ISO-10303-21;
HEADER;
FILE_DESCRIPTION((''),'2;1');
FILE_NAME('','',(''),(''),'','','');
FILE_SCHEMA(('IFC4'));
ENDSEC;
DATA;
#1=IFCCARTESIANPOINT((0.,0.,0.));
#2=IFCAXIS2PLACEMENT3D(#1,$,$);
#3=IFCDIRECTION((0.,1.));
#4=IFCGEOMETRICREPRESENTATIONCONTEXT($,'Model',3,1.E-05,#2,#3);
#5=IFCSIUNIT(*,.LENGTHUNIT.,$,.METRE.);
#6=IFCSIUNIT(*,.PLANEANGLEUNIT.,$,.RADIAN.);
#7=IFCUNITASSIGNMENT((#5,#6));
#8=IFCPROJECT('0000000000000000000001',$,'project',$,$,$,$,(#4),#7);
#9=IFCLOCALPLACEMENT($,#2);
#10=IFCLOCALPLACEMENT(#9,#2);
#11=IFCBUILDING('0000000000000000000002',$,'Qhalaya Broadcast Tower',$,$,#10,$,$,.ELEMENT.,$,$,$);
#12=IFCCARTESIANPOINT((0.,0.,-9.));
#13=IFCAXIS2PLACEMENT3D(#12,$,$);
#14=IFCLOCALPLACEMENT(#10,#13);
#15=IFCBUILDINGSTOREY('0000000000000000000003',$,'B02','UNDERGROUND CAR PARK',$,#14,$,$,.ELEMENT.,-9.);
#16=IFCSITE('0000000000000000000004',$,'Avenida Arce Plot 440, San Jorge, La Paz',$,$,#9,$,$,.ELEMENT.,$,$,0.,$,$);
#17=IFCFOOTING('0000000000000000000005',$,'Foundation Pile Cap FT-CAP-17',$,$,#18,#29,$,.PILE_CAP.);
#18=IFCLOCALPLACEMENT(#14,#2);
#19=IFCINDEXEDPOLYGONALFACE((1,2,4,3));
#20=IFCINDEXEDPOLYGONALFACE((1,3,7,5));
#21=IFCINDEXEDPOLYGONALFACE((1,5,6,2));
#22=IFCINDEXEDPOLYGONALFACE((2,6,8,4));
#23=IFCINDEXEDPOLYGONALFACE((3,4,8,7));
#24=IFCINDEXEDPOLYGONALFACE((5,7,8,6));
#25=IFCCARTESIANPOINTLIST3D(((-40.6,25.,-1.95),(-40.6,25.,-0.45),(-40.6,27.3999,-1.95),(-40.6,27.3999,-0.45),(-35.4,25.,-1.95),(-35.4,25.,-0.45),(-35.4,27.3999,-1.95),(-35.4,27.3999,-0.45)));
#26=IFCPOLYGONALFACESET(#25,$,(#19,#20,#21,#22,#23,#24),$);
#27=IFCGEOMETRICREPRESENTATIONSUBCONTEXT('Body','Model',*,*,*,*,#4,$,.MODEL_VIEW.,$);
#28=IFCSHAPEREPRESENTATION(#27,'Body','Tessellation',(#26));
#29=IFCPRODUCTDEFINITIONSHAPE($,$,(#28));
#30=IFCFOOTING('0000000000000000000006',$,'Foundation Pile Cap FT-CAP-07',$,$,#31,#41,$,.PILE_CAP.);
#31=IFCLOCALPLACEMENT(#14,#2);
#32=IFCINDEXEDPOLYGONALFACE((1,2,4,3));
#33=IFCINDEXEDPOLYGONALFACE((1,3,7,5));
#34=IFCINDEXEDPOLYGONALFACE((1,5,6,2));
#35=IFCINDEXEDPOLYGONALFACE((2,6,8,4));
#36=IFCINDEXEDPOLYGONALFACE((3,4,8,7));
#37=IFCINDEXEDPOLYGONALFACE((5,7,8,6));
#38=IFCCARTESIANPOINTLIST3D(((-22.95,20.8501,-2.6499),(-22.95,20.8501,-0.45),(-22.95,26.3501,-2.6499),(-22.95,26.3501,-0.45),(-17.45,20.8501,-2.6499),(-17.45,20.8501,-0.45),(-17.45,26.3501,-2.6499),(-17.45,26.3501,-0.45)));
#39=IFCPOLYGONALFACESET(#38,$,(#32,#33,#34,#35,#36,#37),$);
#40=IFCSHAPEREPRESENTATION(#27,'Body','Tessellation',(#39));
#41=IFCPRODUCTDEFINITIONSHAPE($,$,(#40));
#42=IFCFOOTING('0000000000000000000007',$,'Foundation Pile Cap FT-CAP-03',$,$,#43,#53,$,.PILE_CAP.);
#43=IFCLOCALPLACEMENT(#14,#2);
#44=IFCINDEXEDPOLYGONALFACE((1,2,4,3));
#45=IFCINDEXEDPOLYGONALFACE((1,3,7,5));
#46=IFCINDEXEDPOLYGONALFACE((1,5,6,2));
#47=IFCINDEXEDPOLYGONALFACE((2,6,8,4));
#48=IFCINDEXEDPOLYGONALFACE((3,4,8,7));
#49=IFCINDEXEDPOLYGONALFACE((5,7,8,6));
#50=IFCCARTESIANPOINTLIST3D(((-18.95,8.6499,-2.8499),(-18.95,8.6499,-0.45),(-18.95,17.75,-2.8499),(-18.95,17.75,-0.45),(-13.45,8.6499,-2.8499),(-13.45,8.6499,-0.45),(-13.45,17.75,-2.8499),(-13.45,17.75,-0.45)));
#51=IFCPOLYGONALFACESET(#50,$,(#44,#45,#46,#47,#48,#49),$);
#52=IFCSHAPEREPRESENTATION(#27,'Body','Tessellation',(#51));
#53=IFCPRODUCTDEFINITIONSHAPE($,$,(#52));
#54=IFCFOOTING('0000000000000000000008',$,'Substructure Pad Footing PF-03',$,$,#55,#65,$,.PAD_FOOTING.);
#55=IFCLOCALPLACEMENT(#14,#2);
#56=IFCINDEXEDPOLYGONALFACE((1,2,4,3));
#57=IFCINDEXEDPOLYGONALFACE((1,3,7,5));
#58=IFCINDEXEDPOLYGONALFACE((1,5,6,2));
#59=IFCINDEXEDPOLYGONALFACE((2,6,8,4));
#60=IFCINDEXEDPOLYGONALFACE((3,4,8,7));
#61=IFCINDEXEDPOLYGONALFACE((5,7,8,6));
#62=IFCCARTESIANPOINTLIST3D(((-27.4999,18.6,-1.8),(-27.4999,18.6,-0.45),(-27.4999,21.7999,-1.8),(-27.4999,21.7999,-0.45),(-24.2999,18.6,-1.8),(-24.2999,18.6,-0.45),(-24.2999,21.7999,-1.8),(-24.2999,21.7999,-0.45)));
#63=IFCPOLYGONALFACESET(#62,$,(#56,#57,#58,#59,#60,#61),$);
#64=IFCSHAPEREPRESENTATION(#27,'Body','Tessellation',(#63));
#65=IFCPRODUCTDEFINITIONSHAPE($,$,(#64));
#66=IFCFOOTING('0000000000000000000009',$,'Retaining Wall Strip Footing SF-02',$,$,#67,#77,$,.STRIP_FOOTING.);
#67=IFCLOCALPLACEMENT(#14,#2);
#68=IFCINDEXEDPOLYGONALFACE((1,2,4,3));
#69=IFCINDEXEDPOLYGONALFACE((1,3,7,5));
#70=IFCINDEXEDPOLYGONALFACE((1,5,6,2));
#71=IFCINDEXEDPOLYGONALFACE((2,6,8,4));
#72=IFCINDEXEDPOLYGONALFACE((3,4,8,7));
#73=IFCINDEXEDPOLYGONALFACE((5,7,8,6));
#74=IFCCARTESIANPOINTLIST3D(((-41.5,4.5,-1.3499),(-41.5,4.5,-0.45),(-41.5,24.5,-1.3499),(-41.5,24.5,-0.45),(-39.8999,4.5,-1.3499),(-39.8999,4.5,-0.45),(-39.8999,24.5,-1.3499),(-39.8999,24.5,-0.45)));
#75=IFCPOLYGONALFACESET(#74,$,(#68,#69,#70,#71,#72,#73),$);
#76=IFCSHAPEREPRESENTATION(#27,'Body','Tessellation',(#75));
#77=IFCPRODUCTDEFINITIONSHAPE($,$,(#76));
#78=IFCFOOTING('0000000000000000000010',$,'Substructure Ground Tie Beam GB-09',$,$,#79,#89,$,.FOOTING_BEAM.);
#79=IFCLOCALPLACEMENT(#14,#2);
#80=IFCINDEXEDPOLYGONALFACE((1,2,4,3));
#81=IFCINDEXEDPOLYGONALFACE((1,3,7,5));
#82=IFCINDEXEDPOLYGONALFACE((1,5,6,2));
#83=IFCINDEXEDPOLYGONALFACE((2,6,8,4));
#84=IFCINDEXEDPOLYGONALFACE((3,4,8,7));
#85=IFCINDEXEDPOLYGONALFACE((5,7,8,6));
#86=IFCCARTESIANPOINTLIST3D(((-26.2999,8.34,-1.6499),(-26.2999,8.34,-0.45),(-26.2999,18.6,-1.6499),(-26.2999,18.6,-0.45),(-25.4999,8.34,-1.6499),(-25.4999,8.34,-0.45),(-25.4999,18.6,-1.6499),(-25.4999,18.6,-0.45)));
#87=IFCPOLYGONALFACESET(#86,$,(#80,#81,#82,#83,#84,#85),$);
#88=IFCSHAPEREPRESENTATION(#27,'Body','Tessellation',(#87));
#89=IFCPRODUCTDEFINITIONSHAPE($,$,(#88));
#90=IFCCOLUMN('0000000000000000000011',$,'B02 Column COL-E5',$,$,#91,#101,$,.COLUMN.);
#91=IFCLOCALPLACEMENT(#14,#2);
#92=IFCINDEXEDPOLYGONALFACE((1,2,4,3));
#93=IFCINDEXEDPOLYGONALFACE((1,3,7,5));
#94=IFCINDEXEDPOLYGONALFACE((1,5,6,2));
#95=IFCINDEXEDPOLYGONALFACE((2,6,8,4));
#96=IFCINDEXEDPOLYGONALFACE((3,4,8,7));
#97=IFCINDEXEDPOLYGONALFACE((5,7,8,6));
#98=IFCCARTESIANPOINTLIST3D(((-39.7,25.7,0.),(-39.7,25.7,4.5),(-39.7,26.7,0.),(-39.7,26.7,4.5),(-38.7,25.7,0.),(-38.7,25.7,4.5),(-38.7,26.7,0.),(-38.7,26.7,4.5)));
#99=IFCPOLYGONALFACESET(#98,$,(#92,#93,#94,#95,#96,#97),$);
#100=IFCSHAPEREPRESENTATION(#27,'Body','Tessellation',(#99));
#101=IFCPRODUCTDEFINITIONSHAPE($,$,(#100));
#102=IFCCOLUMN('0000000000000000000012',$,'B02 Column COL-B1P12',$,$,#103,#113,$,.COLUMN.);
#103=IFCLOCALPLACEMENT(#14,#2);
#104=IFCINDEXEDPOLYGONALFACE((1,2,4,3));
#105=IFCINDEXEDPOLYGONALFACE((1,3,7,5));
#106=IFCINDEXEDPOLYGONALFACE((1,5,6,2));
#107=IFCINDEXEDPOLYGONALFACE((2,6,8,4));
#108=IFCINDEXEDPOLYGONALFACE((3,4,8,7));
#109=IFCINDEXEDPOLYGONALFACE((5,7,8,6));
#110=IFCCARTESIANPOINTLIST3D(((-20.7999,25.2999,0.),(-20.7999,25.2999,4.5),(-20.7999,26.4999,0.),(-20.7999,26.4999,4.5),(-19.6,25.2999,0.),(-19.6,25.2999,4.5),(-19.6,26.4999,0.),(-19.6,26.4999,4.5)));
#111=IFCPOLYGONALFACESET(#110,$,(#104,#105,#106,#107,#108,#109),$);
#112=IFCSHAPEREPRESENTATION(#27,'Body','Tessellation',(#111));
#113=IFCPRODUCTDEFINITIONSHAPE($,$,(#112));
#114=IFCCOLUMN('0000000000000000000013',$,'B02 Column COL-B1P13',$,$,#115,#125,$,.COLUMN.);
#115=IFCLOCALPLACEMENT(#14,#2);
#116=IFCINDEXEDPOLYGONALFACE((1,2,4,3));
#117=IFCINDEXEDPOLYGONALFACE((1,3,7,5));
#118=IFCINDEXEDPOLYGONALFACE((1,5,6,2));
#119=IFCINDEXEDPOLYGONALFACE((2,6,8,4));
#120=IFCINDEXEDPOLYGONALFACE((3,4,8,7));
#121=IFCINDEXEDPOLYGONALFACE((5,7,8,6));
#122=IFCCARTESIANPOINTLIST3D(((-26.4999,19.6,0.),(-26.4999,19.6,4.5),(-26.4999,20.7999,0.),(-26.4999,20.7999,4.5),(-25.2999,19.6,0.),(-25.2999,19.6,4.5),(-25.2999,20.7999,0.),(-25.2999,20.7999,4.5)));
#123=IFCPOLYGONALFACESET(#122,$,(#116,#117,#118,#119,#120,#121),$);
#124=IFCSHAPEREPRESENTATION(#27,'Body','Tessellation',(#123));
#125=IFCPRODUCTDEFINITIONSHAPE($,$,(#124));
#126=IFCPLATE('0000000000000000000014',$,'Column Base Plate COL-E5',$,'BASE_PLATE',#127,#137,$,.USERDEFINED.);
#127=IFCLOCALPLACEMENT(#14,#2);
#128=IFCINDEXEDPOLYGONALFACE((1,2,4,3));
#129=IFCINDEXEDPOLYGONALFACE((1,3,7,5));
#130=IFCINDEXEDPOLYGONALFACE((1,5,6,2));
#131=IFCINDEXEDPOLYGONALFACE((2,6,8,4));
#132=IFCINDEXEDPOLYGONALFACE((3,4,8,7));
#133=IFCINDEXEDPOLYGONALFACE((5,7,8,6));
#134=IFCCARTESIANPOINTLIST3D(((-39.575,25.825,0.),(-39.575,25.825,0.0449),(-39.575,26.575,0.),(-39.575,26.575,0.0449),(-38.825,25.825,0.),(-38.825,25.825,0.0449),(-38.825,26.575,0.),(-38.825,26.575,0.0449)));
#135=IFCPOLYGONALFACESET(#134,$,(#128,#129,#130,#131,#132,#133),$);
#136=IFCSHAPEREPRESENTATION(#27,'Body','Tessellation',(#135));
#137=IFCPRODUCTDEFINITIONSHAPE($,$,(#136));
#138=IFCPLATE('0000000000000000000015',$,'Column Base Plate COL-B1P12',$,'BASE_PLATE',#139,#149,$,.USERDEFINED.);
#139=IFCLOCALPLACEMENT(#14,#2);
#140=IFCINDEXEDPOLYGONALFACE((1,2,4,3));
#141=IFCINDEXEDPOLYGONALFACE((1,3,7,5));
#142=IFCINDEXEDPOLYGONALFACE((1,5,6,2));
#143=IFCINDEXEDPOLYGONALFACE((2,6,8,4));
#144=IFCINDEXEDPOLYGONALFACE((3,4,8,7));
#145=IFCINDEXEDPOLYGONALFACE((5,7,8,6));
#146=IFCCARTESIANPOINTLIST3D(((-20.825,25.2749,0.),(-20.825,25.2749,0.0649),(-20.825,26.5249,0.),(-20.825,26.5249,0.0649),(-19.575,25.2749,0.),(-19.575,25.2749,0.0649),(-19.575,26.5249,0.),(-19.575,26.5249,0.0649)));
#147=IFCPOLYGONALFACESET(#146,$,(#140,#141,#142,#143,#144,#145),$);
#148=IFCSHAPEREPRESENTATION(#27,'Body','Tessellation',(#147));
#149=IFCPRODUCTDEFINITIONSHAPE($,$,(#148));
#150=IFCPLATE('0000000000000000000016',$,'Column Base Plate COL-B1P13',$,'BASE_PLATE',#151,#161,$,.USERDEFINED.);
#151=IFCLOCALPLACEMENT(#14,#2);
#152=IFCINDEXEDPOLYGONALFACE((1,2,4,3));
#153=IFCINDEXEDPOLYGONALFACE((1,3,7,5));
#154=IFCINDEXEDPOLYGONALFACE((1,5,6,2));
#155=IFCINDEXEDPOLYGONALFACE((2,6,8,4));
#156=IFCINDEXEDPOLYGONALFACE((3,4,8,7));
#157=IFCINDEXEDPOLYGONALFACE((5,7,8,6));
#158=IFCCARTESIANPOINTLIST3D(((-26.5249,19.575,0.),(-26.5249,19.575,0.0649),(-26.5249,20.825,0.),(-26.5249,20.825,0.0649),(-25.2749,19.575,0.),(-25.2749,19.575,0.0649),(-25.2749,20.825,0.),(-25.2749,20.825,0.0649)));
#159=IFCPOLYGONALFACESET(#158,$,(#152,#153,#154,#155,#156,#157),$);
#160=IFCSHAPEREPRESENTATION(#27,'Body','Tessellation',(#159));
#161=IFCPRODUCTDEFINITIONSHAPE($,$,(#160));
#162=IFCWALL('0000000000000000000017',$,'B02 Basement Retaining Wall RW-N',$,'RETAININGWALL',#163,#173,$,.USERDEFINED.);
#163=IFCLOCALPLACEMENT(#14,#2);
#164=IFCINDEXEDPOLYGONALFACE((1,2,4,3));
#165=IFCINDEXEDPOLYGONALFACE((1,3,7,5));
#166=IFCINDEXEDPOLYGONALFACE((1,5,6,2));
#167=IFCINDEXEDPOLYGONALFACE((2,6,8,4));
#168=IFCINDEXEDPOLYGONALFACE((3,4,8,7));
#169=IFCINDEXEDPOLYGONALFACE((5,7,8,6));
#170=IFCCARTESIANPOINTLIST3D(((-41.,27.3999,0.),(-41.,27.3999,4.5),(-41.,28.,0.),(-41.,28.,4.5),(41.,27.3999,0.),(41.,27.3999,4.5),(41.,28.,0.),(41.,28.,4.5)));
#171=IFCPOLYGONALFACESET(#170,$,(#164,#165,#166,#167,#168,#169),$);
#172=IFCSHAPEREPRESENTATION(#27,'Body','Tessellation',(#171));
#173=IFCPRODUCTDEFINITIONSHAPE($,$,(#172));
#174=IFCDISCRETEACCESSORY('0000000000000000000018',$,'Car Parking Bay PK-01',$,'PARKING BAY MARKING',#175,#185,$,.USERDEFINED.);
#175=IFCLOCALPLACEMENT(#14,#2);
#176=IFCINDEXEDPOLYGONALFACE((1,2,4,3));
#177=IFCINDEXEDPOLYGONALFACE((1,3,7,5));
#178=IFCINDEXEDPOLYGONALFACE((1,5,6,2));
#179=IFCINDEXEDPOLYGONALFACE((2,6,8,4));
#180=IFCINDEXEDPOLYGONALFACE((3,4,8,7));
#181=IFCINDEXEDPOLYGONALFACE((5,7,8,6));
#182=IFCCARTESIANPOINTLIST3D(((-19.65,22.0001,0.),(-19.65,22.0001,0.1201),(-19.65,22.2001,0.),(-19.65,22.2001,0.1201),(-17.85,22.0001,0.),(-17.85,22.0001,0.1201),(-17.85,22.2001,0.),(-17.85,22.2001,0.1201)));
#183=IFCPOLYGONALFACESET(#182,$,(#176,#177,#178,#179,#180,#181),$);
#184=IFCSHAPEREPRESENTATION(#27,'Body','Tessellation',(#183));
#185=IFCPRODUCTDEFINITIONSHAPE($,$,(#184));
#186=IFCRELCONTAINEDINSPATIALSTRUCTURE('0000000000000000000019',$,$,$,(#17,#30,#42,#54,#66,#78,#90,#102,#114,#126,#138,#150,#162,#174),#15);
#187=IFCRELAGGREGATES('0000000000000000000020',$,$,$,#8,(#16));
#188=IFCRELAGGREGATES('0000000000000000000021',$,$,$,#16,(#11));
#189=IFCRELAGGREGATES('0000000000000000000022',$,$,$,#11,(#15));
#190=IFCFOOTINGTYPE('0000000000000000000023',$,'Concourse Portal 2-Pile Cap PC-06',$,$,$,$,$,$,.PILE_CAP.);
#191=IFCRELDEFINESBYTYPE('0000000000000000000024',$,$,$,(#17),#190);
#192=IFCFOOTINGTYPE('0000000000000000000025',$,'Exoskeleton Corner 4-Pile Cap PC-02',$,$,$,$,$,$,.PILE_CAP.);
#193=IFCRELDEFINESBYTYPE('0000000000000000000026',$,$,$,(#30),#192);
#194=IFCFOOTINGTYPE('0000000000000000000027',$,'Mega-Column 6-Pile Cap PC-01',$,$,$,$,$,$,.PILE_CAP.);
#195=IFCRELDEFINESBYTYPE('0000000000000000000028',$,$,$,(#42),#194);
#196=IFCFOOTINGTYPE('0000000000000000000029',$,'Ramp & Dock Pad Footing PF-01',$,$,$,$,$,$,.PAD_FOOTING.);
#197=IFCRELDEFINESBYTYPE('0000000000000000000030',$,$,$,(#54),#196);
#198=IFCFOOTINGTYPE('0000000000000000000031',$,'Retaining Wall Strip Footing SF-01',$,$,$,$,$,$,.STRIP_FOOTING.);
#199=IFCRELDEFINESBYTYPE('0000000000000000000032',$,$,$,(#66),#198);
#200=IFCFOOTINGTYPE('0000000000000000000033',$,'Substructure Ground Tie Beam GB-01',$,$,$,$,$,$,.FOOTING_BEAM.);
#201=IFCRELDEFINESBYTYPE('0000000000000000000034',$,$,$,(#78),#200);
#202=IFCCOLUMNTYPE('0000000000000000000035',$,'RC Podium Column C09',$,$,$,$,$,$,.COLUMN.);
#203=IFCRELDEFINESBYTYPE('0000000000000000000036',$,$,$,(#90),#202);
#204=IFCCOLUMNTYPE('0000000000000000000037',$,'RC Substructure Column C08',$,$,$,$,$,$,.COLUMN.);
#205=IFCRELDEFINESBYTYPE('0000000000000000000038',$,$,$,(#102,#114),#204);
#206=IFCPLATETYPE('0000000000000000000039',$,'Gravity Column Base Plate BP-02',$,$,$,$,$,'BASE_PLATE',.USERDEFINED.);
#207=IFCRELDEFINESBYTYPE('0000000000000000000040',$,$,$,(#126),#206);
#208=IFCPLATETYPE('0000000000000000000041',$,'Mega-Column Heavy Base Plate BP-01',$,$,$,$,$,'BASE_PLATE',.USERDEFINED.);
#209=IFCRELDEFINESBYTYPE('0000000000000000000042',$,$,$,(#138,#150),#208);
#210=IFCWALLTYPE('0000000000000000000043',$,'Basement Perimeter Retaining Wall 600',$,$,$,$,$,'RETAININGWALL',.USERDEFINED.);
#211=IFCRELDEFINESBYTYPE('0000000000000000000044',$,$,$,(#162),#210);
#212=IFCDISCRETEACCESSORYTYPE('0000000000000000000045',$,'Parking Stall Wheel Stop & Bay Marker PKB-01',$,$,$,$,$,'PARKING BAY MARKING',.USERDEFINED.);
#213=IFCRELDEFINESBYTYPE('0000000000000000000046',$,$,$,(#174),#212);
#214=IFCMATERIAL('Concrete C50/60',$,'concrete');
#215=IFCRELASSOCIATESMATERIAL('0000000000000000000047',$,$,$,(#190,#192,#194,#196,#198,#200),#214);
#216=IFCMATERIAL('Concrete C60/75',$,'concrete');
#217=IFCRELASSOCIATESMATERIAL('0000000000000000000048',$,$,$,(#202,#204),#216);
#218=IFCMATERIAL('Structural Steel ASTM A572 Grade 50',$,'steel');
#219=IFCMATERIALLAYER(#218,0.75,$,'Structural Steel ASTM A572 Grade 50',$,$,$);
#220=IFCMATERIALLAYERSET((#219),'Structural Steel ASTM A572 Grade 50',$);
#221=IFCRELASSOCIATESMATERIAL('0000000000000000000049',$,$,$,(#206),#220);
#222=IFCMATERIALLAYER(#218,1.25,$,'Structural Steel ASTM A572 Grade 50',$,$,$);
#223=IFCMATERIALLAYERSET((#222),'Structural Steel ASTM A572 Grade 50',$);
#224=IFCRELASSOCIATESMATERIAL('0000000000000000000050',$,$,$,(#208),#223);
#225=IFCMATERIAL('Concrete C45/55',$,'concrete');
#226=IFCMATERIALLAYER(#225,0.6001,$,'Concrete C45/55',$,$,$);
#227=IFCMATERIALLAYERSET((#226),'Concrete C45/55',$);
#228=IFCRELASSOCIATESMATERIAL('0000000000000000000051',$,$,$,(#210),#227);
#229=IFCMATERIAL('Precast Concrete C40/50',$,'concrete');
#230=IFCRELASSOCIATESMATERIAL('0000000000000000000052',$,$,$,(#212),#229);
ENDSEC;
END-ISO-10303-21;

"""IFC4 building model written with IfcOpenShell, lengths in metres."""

from ifc_helpers import new_model, si_unit, direction, frame, frame_2d, origin, origin_2d, place, context, subcontext, project, spatial, rectangle, extrude, material, layer, layer_set, material_profile, profile_set, type_object, element, save


model = new_model("IFC4")

# Units and contexts
model_context = context("Model", 3, precision=1e-05, world=origin(), true_north=direction((0.0, 1.0)))
body_context = subcontext(model_context, "Body", "Model", "MODEL_VIEW")
ifc_project = project(units=[si_unit("LENGTHUNIT", "METRE"), si_unit("PLANEANGLEUNIT", "RADIAN")], contexts=[model_context])

# Site, building, storey
site_placement = place(None, origin())
site = spatial("IfcSite", under=ifc_project, at=site_placement, Name="Avenida Arce Plot 440, San Jorge, La Paz", CompositionType="ELEMENT", RefElevation=0.0)
building_placement = place(site_placement, origin())
building = spatial("IfcBuilding", under=site, at=building_placement, Name="Qhalaya Broadcast Tower", CompositionType="ELEMENT")
storey_placement = place(building_placement, frame((0.0, 0.0, -9.0)))
storey = spatial("IfcBuildingStorey", under=building, at=storey_placement, Name="B02", Description="UNDERGROUND CAR PARK", CompositionType="ELEMENT", Elevation=-9.0)

# Shared definitions
ifc_material_1 = material(Name="Concrete C45/55", Category="concrete")

# Footings
ifc_material_2 = material(Name="Concrete C50/60", Category="concrete")
footing_type_1 = type_object("IfcFootingType", Name="Concourse Portal 2-Pile Cap PC-06", PredefinedType="PILE_CAP", material=ifc_material_2)
footing_1_placement = place(storey_placement, frame((-38.0, 26.2, -1.95), z_axis=(0.0, 0.0, 1.0), x_axis=(1.0, 0.0, 0.0)))
element("IfcFooting", 1, at=footing_1_placement, inside=storey, type_object=footing_type_1, Name="Foundation Pile Cap FT-CAP-17", PredefinedType="PILE_CAP", context=body_context, shape_type="SweptSolid", body=[
    extrude(rectangle(XDim=5.2, YDim=2.3999, at=origin_2d()), origin(), (0.0, 0.0, 1.0), 1.5),
])
footing_type_2 = type_object("IfcFootingType", Name="Exoskeleton Corner 4-Pile Cap PC-02", PredefinedType="PILE_CAP", material=ifc_material_2)
footing_2_placement = place(storey_placement, frame((-20.2, 23.6001, -2.6499), z_axis=(0.0, 0.0, 1.0), x_axis=(1.0, 0.0, 0.0)))
element("IfcFooting", 2, at=footing_2_placement, inside=storey, type_object=footing_type_2, Name="Foundation Pile Cap FT-CAP-07", PredefinedType="PILE_CAP", context=body_context, shape_type="SweptSolid", body=[
    extrude(rectangle(XDim=5.5, YDim=5.5, at=origin_2d()), origin(), (0.0, 0.0, 1.0), 2.2),
])
footing_type_3 = type_object("IfcFootingType", Name="Mega-Column 6-Pile Cap PC-01", PredefinedType="PILE_CAP", material=ifc_material_2)
footing_3_placement = place(storey_placement, frame((-16.2, 13.2, -2.8499), z_axis=(0.0, 0.0, 1.0), x_axis=(1.0, 0.0, 0.0)))
element("IfcFooting", 3, at=footing_3_placement, inside=storey, type_object=footing_type_3, Name="Foundation Pile Cap FT-CAP-03", PredefinedType="PILE_CAP", context=body_context, shape_type="SweptSolid", body=[
    extrude(rectangle(XDim=5.5, YDim=9.1001, at=origin_2d()), origin(), (0.0, 0.0, 1.0), 2.3999),
])
footing_type_4 = type_object("IfcFootingType", Name="Ramp & Dock Pad Footing PF-01", PredefinedType="PAD_FOOTING", material=ifc_material_2)
footing_4_placement = place(storey_placement, frame((-25.8999, 20.2, -1.8), z_axis=(0.0, 0.0, 1.0), x_axis=(1.0, 0.0, 0.0)))
element("IfcFooting", 4, at=footing_4_placement, inside=storey, type_object=footing_type_4, Name="Substructure Pad Footing PF-03", PredefinedType="PAD_FOOTING", context=body_context, shape_type="SweptSolid", body=[
    extrude(rectangle(XDim=3.2, YDim=3.2, at=origin_2d()), origin(), (0.0, 0.0, 1.0), 1.3501),
])
footing_type_5 = type_object("IfcFootingType", Name="Retaining Wall Strip Footing SF-01", PredefinedType="STRIP_FOOTING", material=ifc_material_2)
footing_5_placement = place(storey_placement, frame((-40.7, 14.5, -1.3499), z_axis=(0.0, 0.0, 1.0), x_axis=(0.0, 1.0, 0.0)))
element("IfcFooting", 5, at=footing_5_placement, inside=storey, type_object=footing_type_5, Name="Retaining Wall Strip Footing SF-02", PredefinedType="STRIP_FOOTING", context=body_context, shape_type="SweptSolid", body=[
    extrude(rectangle(XDim=20.0, YDim=1.6001, at=origin_2d()), origin(), (0.0, 0.0, 1.0), 0.8999),
])
footing_type_6 = type_object("IfcFootingType", Name="Substructure Ground Tie Beam GB-01", PredefinedType="FOOTING_BEAM", material=ifc_material_2)
footing_6_placement = place(storey_placement, frame((-25.8999, 13.47, -1.6499), z_axis=(0.0, 0.0, 1.0), x_axis=(0.0, 1.0, 0.0)))
element("IfcFooting", 6, at=footing_6_placement, inside=storey, type_object=footing_type_6, Name="Substructure Ground Tie Beam GB-09", PredefinedType="FOOTING_BEAM", context=body_context, shape_type="SweptSolid", body=[
    extrude(rectangle(XDim=10.26, YDim=0.8, at=origin_2d()), origin(), (0.0, 0.0, 1.0), 1.2),
])

# Columns
ifc_material_3 = material(Name="Concrete C60/75", Category="concrete")
ifc_material_profile_1 = material_profile(ifc_material_3, rectangle(XDim=1.0, YDim=1.0, at=origin_2d()), Name="RC-COL 1000x1000")
ifc_profile_set_1 = profile_set([ifc_material_profile_1], Name="Concrete C60/75")
column_type_1 = type_object("IfcColumnType", Name="RC Podium Column C09", PredefinedType="COLUMN", material=ifc_profile_set_1)
column_placement = place(storey_placement, frame((-39.2, 26.2, 0.0), z_axis=(0.0, 0.0, 1.0), x_axis=(1.0, 0.0, 0.0)))
element("IfcColumn", 7, at=column_placement, inside=storey, type_object=column_type_1, Name="B02 Column COL-E5", PredefinedType="COLUMN", context=body_context, shape_type="SweptSolid", body=[
    extrude(rectangle(XDim=1.0, YDim=1.0, at=origin_2d()), origin(), (0.0, 0.0, 1.0), 4.5),
])
ifc_material_profile_2 = material_profile(ifc_material_3, rectangle(XDim=1.2, YDim=1.2, at=origin_2d()), Name="RC-COL 1200x1200")
ifc_profile_set_2 = profile_set([ifc_material_profile_2], Name="Concrete C60/75")
column_type_2 = type_object("IfcColumnType", Name="RC Substructure Column C08", PredefinedType="COLUMN", material=ifc_profile_set_2)
for number, where, z_axis, x_axis, name in (
    (8, (-20.2, 25.8999, 0.0), (0.0, 0.0, 1.0), (1.0, 0.0, 0.0), "B02 Column COL-B1P12"),
    (9, (-25.8999, 20.2, 0.0), (0.0, 0.0, 1.0), (0.0, 1.0, 0.0), "B02 Column COL-B1P13"),
):
    element("IfcColumn", number, at=place(storey_placement, frame(where, z_axis=z_axis, x_axis=x_axis)), inside=storey, type_object=column_type_2, Name=name, PredefinedType="COLUMN", context=body_context, shape_type="SweptSolid", body=[
        extrude(rectangle(XDim=1.2, YDim=1.2, at=origin_2d()), origin(), (0.0, 0.0, 1.0), 4.5),
    ])

# Plates
ifc_material_4 = material(Name="Structural Steel ASTM A572 Grade 50", Category="steel")
ifc_layer_1 = layer(ifc_material_4, 0.75, Name="Structural Steel ASTM A572 Grade 50")
ifc_layer_set_1 = layer_set([ifc_layer_1], Name="Structural Steel ASTM A572 Grade 50")
plate_type_1 = type_object("IfcPlateType", Name="Gravity Column Base Plate BP-02", ElementType="BASE_PLATE", PredefinedType="USERDEFINED", material=ifc_layer_set_1)
plate_placement = place(storey_placement, frame((-39.2, 26.2, 0.0), z_axis=(0.0, 0.0, 1.0), x_axis=(1.0, 0.0, 0.0)))
element("IfcPlate", 10, at=plate_placement, inside=storey, type_object=plate_type_1, Name="Column Base Plate COL-E5", ObjectType="BASE_PLATE", PredefinedType="USERDEFINED", context=body_context, shape_type="SweptSolid", body=[
    extrude(rectangle(XDim=0.75, YDim=0.75, at=origin_2d()), origin(), (0.0, 0.0, 1.0), 0.0449),
])
ifc_layer_2 = layer(ifc_material_4, 1.25, Name="Structural Steel ASTM A572 Grade 50")
ifc_layer_set_2 = layer_set([ifc_layer_2], Name="Structural Steel ASTM A572 Grade 50")
plate_type_2 = type_object("IfcPlateType", Name="Mega-Column Heavy Base Plate BP-01", ElementType="BASE_PLATE", PredefinedType="USERDEFINED", material=ifc_layer_set_2)
for number, where, z_axis, x_axis, name in (
    (11, (-20.2, 25.8999, 0.0), (0.0, 0.0, 1.0), (1.0, 0.0, 0.0), "Column Base Plate COL-B1P12"),
    (12, (-25.8999, 20.2, 0.0), (0.0, 0.0, 1.0), (0.0, 1.0, 0.0), "Column Base Plate COL-B1P13"),
):
    element("IfcPlate", number, at=place(storey_placement, frame(where, z_axis=z_axis, x_axis=x_axis)), inside=storey, type_object=plate_type_2, Name=name, ObjectType="BASE_PLATE", PredefinedType="USERDEFINED", context=body_context, shape_type="SweptSolid", body=[
        extrude(rectangle(XDim=1.25, YDim=1.25, at=origin_2d()), origin(), (0.0, 0.0, 1.0), 0.0649),
    ])

# Wall
ifc_layer_3 = layer(ifc_material_1, 0.6001, Name="Concrete C45/55")
ifc_layer_set_3 = layer_set([ifc_layer_3], Name="Concrete C45/55")
wall_type = type_object("IfcWallType", Name="Basement Perimeter Retaining Wall 600", ElementType="RETAININGWALL", PredefinedType="USERDEFINED", material=ifc_layer_set_3)
wall_placement = place(storey_placement, frame((-41.0, 27.7, 0.0), z_axis=(0.0, 0.0, 1.0), x_axis=(1.0, 0.0, 0.0)))
element("IfcWall", 13, at=wall_placement, inside=storey, type_object=wall_type, Name="B02 Basement Retaining Wall RW-N", ObjectType="RETAININGWALL", PredefinedType="USERDEFINED", context=body_context, shape_type="SweptSolid", body=[
    extrude(rectangle(XDim=82.0, YDim=0.6001, at=frame_2d((41.0, 0.0))), origin(), (0.0, 0.0, 1.0), 4.5),
])

# Discrete accessory
ifc_material_5 = material(Name="Precast Concrete C40/50", Category="concrete")
discrete_accessory_type = type_object("IfcDiscreteAccessoryType", Name="Parking Stall Wheel Stop & Bay Marker PKB-01", ElementType="PARKING BAY MARKING", PredefinedType="USERDEFINED", material=ifc_material_5)
for number, where, z_axis, x_axis, name in (
    (14, (-18.75, 22.1001, 0.0), (0.0, 0.0, 1.0), (1.0, 0.0, 0.0), "Car Parking Bay PK-01"),
):
    element("IfcDiscreteAccessory", number, at=place(storey_placement, frame(where, z_axis=z_axis, x_axis=x_axis)), inside=storey, type_object=discrete_accessory_type, Name=name, ObjectType="PARKING BAY MARKING", PredefinedType="USERDEFINED", context=body_context, shape_type="SweptSolid", body=[
        extrude(rectangle(XDim=1.8, YDim=0.2, at=origin_2d()), origin(), (0.0, 0.0, 1.0), 0.1201),
    ])

save(model, "model.ifc")
